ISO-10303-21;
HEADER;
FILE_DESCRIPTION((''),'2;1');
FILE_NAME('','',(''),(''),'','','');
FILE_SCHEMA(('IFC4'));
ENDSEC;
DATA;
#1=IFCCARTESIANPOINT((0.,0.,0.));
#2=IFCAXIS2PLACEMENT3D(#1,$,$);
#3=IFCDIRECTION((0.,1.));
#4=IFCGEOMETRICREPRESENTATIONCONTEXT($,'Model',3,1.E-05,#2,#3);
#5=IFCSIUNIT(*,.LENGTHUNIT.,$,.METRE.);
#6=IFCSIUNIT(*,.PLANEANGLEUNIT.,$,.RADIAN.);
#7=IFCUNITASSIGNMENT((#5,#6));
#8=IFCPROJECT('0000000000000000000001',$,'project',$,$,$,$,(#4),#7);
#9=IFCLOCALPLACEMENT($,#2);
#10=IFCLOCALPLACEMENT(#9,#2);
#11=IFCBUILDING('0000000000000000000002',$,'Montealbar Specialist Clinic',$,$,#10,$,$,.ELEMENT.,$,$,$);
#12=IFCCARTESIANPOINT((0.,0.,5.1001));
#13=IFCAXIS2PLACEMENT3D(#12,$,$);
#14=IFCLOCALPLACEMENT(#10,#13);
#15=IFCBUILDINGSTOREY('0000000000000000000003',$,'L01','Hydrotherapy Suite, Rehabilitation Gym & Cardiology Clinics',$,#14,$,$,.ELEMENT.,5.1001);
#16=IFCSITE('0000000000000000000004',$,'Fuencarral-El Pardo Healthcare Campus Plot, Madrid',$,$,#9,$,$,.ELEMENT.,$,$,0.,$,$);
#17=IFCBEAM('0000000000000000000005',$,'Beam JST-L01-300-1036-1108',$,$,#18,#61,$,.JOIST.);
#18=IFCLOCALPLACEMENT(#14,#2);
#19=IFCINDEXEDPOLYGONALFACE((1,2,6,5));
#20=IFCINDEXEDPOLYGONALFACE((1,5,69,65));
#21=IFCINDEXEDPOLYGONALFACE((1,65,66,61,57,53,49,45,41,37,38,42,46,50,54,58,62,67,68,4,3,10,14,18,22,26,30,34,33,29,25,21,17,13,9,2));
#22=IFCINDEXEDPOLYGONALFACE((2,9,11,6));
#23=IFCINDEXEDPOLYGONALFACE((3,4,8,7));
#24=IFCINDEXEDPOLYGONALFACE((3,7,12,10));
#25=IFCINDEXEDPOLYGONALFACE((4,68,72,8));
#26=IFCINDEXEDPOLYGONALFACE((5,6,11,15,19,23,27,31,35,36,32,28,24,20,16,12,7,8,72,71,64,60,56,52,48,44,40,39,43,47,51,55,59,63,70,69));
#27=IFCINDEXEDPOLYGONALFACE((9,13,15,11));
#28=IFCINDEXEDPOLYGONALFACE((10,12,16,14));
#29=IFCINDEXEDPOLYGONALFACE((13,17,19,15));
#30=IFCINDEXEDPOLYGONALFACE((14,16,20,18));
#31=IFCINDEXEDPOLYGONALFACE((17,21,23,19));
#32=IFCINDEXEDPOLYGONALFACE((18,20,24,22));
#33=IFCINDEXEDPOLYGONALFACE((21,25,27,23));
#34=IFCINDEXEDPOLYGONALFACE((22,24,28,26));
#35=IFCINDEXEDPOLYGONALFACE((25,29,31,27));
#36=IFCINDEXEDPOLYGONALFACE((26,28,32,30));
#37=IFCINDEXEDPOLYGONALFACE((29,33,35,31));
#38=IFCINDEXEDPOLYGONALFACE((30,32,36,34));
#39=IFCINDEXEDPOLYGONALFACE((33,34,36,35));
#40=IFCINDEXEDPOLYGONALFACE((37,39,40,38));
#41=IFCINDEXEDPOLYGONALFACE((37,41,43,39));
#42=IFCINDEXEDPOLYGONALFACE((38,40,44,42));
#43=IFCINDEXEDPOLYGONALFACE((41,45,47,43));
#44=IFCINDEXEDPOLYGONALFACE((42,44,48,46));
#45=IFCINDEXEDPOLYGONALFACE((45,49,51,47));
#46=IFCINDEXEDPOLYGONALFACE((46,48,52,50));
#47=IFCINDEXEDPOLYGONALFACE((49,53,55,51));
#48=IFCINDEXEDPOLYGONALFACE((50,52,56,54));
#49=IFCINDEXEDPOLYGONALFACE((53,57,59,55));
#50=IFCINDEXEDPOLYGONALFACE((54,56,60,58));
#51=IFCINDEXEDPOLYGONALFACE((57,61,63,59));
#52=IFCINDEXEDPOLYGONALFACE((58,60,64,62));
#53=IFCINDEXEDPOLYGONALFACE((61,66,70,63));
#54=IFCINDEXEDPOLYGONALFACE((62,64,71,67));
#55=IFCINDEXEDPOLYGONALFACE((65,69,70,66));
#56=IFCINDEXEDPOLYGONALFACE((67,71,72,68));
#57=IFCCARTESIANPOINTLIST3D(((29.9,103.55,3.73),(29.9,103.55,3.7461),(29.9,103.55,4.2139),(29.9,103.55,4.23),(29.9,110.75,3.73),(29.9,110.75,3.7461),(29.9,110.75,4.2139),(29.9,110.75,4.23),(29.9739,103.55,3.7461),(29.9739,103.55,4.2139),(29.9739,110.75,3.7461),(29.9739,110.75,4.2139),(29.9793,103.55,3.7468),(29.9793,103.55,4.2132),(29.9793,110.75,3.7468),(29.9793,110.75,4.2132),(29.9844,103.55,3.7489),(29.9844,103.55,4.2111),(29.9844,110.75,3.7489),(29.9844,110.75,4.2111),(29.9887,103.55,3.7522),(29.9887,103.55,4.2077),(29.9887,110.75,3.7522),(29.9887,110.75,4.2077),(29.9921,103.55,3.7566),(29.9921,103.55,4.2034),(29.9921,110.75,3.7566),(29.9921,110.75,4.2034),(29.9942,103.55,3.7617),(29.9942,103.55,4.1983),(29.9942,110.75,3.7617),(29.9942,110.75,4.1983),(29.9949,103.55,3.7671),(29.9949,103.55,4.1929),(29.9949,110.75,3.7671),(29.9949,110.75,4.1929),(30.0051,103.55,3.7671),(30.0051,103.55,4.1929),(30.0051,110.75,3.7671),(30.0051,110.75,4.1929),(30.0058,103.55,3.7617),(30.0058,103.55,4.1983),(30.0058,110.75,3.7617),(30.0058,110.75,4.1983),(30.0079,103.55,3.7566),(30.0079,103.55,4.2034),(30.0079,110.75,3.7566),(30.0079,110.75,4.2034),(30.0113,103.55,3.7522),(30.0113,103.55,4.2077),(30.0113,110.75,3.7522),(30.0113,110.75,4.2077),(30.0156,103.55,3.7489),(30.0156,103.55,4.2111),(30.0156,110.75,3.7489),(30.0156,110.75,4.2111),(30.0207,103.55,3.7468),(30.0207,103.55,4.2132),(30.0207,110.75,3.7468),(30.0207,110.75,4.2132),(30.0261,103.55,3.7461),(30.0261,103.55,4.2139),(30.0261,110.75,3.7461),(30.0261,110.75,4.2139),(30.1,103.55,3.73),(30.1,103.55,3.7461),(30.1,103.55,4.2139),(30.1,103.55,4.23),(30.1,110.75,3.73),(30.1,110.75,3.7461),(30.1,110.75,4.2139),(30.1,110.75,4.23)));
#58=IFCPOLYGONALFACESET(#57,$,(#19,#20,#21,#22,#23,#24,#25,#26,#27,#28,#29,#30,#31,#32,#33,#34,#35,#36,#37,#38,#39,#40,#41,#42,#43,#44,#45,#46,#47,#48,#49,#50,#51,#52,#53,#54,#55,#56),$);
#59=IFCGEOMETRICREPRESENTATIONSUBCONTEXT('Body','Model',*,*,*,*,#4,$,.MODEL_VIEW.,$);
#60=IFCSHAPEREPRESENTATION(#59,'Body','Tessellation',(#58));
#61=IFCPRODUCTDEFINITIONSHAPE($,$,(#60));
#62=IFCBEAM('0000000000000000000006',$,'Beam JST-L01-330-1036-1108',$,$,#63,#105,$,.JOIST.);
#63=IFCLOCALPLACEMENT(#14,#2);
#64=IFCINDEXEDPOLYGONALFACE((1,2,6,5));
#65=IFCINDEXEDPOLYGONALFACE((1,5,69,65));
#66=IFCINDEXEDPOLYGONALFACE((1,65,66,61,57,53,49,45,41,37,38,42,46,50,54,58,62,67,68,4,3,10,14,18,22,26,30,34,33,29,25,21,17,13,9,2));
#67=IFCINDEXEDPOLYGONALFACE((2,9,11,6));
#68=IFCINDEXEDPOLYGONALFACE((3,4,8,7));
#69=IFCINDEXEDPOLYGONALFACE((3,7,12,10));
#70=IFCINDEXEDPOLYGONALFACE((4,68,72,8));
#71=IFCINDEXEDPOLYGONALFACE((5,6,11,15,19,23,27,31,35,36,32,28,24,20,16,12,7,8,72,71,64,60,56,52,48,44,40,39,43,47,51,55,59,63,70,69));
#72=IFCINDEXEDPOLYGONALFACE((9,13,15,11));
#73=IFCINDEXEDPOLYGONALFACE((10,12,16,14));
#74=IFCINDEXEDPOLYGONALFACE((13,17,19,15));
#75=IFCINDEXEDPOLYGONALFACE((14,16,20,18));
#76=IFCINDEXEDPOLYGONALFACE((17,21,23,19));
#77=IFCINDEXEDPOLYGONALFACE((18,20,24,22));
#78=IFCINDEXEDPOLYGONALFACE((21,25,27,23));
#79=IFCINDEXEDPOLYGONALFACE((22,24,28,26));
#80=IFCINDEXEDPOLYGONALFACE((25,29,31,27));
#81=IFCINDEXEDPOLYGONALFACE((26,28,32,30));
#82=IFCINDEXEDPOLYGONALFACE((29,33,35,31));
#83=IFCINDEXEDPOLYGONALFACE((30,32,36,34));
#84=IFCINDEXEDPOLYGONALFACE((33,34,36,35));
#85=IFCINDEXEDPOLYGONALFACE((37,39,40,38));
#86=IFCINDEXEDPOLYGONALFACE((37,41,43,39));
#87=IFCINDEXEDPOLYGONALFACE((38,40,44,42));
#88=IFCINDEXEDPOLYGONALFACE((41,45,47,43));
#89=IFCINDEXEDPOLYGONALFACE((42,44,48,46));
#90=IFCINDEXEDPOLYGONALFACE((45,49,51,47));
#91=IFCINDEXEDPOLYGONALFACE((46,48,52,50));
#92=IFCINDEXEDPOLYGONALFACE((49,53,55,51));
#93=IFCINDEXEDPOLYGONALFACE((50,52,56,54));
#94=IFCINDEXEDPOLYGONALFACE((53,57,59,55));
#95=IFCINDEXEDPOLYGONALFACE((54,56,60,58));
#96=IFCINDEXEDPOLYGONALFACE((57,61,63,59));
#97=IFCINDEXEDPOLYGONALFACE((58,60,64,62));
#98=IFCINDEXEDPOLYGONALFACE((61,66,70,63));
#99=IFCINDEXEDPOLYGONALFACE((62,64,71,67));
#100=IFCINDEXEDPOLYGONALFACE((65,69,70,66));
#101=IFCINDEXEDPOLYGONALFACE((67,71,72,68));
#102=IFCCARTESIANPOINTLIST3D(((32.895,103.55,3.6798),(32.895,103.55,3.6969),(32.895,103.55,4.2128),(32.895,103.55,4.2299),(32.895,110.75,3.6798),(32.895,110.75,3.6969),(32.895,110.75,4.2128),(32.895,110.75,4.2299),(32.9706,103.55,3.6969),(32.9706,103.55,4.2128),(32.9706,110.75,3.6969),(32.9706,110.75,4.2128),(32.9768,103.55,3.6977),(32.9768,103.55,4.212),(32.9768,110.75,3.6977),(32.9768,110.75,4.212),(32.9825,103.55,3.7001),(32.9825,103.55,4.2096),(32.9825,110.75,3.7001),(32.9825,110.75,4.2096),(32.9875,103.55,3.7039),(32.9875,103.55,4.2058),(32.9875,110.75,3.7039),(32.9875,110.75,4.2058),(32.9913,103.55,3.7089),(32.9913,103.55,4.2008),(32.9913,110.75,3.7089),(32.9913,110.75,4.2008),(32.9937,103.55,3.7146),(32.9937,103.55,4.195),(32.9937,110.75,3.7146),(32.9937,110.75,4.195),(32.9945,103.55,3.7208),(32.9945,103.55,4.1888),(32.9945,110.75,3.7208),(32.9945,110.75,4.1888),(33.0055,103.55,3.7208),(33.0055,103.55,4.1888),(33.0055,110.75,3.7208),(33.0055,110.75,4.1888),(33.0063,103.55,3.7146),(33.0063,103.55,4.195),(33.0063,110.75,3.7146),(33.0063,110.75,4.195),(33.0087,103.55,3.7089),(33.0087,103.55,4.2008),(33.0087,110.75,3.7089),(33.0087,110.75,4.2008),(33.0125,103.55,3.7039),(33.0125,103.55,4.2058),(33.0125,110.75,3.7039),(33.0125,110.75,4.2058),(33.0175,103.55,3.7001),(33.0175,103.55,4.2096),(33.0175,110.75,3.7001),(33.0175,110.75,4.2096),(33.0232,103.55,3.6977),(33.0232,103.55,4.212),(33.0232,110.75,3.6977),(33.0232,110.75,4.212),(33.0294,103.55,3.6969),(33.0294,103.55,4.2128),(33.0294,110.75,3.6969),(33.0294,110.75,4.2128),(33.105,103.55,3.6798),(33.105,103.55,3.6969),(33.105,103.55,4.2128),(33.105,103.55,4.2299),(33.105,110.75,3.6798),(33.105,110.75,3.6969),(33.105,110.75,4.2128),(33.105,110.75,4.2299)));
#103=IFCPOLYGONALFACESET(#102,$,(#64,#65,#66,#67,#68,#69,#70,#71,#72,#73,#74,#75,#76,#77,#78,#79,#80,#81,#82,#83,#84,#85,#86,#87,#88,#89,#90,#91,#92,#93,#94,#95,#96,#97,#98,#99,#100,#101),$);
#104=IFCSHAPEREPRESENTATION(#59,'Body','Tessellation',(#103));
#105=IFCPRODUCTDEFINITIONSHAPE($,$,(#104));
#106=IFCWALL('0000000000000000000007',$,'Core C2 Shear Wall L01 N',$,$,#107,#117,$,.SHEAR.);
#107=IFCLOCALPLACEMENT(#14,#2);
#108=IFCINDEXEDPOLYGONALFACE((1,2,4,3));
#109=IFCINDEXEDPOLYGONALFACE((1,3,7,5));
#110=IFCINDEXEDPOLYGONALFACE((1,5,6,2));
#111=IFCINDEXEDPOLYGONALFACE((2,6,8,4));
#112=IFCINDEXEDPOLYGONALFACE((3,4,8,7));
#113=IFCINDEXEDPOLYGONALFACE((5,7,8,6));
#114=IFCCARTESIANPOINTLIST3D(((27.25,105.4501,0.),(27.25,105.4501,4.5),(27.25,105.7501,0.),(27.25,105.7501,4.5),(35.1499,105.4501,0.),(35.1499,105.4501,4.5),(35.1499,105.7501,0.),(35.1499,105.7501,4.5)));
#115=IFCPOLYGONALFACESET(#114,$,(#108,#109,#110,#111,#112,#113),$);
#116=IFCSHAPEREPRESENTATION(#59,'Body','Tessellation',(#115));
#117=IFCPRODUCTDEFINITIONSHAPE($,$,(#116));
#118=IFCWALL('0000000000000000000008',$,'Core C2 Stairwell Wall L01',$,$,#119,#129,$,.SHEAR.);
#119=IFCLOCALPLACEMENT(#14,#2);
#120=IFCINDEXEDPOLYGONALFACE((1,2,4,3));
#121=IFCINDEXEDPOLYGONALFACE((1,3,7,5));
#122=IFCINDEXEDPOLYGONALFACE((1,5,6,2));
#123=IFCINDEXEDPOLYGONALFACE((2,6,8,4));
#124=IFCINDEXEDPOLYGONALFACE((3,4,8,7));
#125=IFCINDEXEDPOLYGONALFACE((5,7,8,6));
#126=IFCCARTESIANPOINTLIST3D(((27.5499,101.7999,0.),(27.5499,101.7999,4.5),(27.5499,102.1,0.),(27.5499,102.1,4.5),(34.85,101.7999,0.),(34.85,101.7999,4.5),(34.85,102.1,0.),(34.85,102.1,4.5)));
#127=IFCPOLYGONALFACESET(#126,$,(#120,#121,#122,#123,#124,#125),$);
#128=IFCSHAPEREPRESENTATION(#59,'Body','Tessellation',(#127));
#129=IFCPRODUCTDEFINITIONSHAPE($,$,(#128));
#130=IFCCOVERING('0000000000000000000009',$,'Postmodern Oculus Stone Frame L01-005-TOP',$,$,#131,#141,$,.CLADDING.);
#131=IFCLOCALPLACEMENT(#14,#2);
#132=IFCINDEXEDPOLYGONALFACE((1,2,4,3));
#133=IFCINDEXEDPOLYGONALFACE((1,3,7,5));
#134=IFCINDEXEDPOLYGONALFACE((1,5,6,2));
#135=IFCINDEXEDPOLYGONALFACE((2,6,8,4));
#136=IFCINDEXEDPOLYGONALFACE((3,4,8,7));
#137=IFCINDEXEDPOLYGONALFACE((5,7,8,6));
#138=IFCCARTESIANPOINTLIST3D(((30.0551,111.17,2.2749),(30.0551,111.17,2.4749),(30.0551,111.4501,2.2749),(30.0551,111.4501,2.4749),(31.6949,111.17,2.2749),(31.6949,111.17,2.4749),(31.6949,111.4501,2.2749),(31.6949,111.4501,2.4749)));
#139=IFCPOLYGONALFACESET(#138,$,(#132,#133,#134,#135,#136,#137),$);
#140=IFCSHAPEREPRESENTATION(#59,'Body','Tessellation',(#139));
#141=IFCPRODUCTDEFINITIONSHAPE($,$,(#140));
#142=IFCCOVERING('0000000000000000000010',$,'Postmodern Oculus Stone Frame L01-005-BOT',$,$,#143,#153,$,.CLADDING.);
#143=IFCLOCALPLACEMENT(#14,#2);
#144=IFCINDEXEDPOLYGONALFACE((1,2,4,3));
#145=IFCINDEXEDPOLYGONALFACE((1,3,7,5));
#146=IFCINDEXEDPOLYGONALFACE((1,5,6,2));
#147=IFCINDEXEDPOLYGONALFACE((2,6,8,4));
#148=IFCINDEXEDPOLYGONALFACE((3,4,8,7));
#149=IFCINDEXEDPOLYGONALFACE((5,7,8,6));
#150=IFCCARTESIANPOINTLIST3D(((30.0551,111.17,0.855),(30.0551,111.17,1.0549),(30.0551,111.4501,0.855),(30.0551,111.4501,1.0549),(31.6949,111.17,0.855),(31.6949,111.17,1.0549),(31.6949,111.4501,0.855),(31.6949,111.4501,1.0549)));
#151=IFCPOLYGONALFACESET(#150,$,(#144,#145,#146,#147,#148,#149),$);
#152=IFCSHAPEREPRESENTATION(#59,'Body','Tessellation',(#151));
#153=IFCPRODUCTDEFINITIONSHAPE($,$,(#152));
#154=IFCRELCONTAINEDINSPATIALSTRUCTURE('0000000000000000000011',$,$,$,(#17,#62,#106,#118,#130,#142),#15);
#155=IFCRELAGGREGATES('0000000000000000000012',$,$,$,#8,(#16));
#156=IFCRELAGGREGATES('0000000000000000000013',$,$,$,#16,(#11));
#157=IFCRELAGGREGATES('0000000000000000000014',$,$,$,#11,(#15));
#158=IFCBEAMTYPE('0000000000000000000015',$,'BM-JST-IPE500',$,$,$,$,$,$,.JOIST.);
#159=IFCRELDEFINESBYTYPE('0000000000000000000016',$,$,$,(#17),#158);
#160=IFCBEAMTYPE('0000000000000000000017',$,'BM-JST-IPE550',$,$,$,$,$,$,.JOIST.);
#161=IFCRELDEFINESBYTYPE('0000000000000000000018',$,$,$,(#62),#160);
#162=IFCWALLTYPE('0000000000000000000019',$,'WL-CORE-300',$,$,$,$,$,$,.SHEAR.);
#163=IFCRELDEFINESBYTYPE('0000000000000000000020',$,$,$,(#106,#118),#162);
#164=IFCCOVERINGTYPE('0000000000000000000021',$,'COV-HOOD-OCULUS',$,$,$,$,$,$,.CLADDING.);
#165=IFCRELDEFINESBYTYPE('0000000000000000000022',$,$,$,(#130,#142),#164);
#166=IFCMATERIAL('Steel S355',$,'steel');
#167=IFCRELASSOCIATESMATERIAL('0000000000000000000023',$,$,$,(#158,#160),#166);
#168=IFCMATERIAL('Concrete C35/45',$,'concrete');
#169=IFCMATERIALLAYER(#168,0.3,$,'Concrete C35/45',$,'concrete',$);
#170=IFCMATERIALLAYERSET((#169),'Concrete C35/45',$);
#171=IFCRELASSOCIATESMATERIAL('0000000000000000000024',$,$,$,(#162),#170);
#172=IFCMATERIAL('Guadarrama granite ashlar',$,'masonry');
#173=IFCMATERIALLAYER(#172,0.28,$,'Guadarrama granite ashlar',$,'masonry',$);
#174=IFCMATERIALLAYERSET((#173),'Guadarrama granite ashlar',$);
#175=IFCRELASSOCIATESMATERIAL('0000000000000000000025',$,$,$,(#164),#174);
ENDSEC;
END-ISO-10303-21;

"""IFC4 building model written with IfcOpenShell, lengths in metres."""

from ifc_helpers import new_model, si_unit, direction, frame, frame_2d, origin, origin_2d, place, context, subcontext, project, spatial, rectangle, i_section, extrude, material, layer, layer_set, material_profile, profile_set, type_object, element, save


model = new_model("IFC4")

# Units and contexts
model_context = context("Model", 3, precision=1e-05, world=origin(), true_north=direction((0.0, 1.0)))
body_context = subcontext(model_context, "Body", "Model", "MODEL_VIEW")
ifc_project = project(units=[si_unit("LENGTHUNIT", "METRE"), si_unit("PLANEANGLEUNIT", "RADIAN")], contexts=[model_context])

# Site, building, storey
site_placement = place(None, origin())
site = spatial("IfcSite", under=ifc_project, at=site_placement, Name="Fuencarral-El Pardo Healthcare Campus Plot, Madrid", CompositionType="ELEMENT", RefElevation=0.0)
building_placement = place(site_placement, origin())
building = spatial("IfcBuilding", under=site, at=building_placement, Name="Montealbar Specialist Clinic", CompositionType="ELEMENT")
storey_placement = place(building_placement, frame((0.0, 0.0, 5.1001)))
storey = spatial("IfcBuildingStorey", under=building, at=storey_placement, Name="L01", Description="Hydrotherapy Suite, Rehabilitation Gym & Cardiology Clinics", CompositionType="ELEMENT", Elevation=5.1001)

# Shared definitions
ifc_material_1 = material(Name="Concrete C35/45", Category="concrete")
ifc_material_2 = material(Name="Guadarrama granite ashlar", Category="masonry")

# Beams
ifc_material_3 = material(Name="Steel S355", Category="steel")
ifc_material_profile_1 = material_profile(ifc_material_3, i_section(OverallWidth=0.2, OverallDepth=0.5, WebThickness=0.0103, FlangeThickness=0.0161, FilletRadius=0.021, at=origin_2d()), Name="IPE 500", Category="steel")
ifc_profile_set_1 = profile_set([ifc_material_profile_1], Name="Steel S355")
beam_type_1 = type_object("IfcBeamType", Name="BM-JST-IPE500", PredefinedType="JOIST", material=ifc_profile_set_1)
beam_1_placement = place(storey_placement, frame((30.0, 103.55, 3.98), z_axis=(0.0, 1.0, 0.0), x_axis=(-1.0, 0.0, 0.0)))
element("IfcBeam", 1, at=beam_1_placement, inside=storey, type_object=beam_type_1, Name="Beam JST-L01-300-1036-1108", PredefinedType="JOIST", context=body_context, shape_type="SweptSolid", body=[
    extrude(i_section(OverallWidth=0.2, OverallDepth=0.5, WebThickness=0.0103, FlangeThickness=0.0161, FilletRadius=0.021, at=origin_2d()), origin(), (0.0, 0.0, 1.0), 7.2),
])
ifc_material_profile_2 = material_profile(ifc_material_3, i_section(OverallWidth=0.21, OverallDepth=0.55, WebThickness=0.011, FlangeThickness=0.0171, FilletRadius=0.0239, at=origin_2d()), Name="IPE 550", Category="steel")
ifc_profile_set_2 = profile_set([ifc_material_profile_2], Name="Steel S355")
beam_type_2 = type_object("IfcBeamType", Name="BM-JST-IPE550", PredefinedType="JOIST", material=ifc_profile_set_2)
beam_2_placement = place(storey_placement, frame((33.0, 103.55, 3.9548), z_axis=(0.0, 1.0, 0.0), x_axis=(-1.0, 0.0, 0.0)))
element("IfcBeam", 2, at=beam_2_placement, inside=storey, type_object=beam_type_2, Name="Beam JST-L01-330-1036-1108", PredefinedType="JOIST", context=body_context, shape_type="SweptSolid", body=[
    extrude(i_section(OverallWidth=0.21, OverallDepth=0.55, WebThickness=0.011, FlangeThickness=0.0171, FilletRadius=0.0239, at=origin_2d()), origin(), (0.0, 0.0, 1.0), 7.2),
])

# Walls
ifc_layer_1 = layer(ifc_material_1, 0.3, Name="Concrete C35/45", Category="concrete")
ifc_layer_set_1 = layer_set([ifc_layer_1], Name="Concrete C35/45")
wall_type = type_object("IfcWallType", Name="WL-CORE-300", PredefinedType="SHEAR", material=ifc_layer_set_1)
wall_1_placement = place(storey_placement, frame((27.25, 105.6001, 0.0), z_axis=(0.0, 0.0, 1.0), x_axis=(1.0, 0.0, 0.0)))
element("IfcWall", 3, at=wall_1_placement, inside=storey, type_object=wall_type, Name="Core C2 Shear Wall L01 N", PredefinedType="SHEAR", context=body_context, shape_type="SweptSolid", body=[
    extrude(rectangle(XDim=7.8999, YDim=0.3, at=frame_2d((3.95, 0.0))), origin(), (0.0, 0.0, 1.0), 4.5),
])
wall_2_placement = place(storey_placement, frame((27.55, 101.95, 0.0), z_axis=(0.0, 0.0, 1.0), x_axis=(1.0, 0.0, 0.0)))
element("IfcWall", 4, at=wall_2_placement, inside=storey, type_object=wall_type, Name="Core C2 Stairwell Wall L01", PredefinedType="SHEAR", context=body_context, shape_type="SweptSolid", body=[
    extrude(rectangle(XDim=7.3, YDim=0.3, at=frame_2d((3.6499, 0.0))), origin(), (0.0, 0.0, 1.0), 4.5),
])

# Coverings
ifc_layer_2 = layer(ifc_material_2, 0.28, Name="Guadarrama granite ashlar", Category="masonry")
ifc_layer_set_2 = layer_set([ifc_layer_2], Name="Guadarrama granite ashlar")
covering_type = type_object("IfcCoveringType", Name="COV-HOOD-OCULUS", PredefinedType="CLADDING", material=ifc_layer_set_2)
for number, where, z_axis, x_axis, name in (
    (5, (30.875, 111.3101, 2.2749), (0.0, 0.0, 1.0), (1.0, 0.0, 0.0), "Postmodern Oculus Stone Frame L01-005-TOP"),
    (6, (30.875, 111.3101, 0.855), (0.0, 0.0, 1.0), (1.0, 0.0, 0.0), "Postmodern Oculus Stone Frame L01-005-BOT"),
):
    element("IfcCovering", number, at=place(storey_placement, frame(where, z_axis=z_axis, x_axis=x_axis)), inside=storey, type_object=covering_type, Name=name, PredefinedType="CLADDING", context=body_context, shape_type="SweptSolid", body=[
        extrude(rectangle(XDim=1.6399, YDim=0.28, at=origin_2d()), origin(), (0.0, 0.0, 1.0), 0.2),
    ])

save(model, "model.ifc")
